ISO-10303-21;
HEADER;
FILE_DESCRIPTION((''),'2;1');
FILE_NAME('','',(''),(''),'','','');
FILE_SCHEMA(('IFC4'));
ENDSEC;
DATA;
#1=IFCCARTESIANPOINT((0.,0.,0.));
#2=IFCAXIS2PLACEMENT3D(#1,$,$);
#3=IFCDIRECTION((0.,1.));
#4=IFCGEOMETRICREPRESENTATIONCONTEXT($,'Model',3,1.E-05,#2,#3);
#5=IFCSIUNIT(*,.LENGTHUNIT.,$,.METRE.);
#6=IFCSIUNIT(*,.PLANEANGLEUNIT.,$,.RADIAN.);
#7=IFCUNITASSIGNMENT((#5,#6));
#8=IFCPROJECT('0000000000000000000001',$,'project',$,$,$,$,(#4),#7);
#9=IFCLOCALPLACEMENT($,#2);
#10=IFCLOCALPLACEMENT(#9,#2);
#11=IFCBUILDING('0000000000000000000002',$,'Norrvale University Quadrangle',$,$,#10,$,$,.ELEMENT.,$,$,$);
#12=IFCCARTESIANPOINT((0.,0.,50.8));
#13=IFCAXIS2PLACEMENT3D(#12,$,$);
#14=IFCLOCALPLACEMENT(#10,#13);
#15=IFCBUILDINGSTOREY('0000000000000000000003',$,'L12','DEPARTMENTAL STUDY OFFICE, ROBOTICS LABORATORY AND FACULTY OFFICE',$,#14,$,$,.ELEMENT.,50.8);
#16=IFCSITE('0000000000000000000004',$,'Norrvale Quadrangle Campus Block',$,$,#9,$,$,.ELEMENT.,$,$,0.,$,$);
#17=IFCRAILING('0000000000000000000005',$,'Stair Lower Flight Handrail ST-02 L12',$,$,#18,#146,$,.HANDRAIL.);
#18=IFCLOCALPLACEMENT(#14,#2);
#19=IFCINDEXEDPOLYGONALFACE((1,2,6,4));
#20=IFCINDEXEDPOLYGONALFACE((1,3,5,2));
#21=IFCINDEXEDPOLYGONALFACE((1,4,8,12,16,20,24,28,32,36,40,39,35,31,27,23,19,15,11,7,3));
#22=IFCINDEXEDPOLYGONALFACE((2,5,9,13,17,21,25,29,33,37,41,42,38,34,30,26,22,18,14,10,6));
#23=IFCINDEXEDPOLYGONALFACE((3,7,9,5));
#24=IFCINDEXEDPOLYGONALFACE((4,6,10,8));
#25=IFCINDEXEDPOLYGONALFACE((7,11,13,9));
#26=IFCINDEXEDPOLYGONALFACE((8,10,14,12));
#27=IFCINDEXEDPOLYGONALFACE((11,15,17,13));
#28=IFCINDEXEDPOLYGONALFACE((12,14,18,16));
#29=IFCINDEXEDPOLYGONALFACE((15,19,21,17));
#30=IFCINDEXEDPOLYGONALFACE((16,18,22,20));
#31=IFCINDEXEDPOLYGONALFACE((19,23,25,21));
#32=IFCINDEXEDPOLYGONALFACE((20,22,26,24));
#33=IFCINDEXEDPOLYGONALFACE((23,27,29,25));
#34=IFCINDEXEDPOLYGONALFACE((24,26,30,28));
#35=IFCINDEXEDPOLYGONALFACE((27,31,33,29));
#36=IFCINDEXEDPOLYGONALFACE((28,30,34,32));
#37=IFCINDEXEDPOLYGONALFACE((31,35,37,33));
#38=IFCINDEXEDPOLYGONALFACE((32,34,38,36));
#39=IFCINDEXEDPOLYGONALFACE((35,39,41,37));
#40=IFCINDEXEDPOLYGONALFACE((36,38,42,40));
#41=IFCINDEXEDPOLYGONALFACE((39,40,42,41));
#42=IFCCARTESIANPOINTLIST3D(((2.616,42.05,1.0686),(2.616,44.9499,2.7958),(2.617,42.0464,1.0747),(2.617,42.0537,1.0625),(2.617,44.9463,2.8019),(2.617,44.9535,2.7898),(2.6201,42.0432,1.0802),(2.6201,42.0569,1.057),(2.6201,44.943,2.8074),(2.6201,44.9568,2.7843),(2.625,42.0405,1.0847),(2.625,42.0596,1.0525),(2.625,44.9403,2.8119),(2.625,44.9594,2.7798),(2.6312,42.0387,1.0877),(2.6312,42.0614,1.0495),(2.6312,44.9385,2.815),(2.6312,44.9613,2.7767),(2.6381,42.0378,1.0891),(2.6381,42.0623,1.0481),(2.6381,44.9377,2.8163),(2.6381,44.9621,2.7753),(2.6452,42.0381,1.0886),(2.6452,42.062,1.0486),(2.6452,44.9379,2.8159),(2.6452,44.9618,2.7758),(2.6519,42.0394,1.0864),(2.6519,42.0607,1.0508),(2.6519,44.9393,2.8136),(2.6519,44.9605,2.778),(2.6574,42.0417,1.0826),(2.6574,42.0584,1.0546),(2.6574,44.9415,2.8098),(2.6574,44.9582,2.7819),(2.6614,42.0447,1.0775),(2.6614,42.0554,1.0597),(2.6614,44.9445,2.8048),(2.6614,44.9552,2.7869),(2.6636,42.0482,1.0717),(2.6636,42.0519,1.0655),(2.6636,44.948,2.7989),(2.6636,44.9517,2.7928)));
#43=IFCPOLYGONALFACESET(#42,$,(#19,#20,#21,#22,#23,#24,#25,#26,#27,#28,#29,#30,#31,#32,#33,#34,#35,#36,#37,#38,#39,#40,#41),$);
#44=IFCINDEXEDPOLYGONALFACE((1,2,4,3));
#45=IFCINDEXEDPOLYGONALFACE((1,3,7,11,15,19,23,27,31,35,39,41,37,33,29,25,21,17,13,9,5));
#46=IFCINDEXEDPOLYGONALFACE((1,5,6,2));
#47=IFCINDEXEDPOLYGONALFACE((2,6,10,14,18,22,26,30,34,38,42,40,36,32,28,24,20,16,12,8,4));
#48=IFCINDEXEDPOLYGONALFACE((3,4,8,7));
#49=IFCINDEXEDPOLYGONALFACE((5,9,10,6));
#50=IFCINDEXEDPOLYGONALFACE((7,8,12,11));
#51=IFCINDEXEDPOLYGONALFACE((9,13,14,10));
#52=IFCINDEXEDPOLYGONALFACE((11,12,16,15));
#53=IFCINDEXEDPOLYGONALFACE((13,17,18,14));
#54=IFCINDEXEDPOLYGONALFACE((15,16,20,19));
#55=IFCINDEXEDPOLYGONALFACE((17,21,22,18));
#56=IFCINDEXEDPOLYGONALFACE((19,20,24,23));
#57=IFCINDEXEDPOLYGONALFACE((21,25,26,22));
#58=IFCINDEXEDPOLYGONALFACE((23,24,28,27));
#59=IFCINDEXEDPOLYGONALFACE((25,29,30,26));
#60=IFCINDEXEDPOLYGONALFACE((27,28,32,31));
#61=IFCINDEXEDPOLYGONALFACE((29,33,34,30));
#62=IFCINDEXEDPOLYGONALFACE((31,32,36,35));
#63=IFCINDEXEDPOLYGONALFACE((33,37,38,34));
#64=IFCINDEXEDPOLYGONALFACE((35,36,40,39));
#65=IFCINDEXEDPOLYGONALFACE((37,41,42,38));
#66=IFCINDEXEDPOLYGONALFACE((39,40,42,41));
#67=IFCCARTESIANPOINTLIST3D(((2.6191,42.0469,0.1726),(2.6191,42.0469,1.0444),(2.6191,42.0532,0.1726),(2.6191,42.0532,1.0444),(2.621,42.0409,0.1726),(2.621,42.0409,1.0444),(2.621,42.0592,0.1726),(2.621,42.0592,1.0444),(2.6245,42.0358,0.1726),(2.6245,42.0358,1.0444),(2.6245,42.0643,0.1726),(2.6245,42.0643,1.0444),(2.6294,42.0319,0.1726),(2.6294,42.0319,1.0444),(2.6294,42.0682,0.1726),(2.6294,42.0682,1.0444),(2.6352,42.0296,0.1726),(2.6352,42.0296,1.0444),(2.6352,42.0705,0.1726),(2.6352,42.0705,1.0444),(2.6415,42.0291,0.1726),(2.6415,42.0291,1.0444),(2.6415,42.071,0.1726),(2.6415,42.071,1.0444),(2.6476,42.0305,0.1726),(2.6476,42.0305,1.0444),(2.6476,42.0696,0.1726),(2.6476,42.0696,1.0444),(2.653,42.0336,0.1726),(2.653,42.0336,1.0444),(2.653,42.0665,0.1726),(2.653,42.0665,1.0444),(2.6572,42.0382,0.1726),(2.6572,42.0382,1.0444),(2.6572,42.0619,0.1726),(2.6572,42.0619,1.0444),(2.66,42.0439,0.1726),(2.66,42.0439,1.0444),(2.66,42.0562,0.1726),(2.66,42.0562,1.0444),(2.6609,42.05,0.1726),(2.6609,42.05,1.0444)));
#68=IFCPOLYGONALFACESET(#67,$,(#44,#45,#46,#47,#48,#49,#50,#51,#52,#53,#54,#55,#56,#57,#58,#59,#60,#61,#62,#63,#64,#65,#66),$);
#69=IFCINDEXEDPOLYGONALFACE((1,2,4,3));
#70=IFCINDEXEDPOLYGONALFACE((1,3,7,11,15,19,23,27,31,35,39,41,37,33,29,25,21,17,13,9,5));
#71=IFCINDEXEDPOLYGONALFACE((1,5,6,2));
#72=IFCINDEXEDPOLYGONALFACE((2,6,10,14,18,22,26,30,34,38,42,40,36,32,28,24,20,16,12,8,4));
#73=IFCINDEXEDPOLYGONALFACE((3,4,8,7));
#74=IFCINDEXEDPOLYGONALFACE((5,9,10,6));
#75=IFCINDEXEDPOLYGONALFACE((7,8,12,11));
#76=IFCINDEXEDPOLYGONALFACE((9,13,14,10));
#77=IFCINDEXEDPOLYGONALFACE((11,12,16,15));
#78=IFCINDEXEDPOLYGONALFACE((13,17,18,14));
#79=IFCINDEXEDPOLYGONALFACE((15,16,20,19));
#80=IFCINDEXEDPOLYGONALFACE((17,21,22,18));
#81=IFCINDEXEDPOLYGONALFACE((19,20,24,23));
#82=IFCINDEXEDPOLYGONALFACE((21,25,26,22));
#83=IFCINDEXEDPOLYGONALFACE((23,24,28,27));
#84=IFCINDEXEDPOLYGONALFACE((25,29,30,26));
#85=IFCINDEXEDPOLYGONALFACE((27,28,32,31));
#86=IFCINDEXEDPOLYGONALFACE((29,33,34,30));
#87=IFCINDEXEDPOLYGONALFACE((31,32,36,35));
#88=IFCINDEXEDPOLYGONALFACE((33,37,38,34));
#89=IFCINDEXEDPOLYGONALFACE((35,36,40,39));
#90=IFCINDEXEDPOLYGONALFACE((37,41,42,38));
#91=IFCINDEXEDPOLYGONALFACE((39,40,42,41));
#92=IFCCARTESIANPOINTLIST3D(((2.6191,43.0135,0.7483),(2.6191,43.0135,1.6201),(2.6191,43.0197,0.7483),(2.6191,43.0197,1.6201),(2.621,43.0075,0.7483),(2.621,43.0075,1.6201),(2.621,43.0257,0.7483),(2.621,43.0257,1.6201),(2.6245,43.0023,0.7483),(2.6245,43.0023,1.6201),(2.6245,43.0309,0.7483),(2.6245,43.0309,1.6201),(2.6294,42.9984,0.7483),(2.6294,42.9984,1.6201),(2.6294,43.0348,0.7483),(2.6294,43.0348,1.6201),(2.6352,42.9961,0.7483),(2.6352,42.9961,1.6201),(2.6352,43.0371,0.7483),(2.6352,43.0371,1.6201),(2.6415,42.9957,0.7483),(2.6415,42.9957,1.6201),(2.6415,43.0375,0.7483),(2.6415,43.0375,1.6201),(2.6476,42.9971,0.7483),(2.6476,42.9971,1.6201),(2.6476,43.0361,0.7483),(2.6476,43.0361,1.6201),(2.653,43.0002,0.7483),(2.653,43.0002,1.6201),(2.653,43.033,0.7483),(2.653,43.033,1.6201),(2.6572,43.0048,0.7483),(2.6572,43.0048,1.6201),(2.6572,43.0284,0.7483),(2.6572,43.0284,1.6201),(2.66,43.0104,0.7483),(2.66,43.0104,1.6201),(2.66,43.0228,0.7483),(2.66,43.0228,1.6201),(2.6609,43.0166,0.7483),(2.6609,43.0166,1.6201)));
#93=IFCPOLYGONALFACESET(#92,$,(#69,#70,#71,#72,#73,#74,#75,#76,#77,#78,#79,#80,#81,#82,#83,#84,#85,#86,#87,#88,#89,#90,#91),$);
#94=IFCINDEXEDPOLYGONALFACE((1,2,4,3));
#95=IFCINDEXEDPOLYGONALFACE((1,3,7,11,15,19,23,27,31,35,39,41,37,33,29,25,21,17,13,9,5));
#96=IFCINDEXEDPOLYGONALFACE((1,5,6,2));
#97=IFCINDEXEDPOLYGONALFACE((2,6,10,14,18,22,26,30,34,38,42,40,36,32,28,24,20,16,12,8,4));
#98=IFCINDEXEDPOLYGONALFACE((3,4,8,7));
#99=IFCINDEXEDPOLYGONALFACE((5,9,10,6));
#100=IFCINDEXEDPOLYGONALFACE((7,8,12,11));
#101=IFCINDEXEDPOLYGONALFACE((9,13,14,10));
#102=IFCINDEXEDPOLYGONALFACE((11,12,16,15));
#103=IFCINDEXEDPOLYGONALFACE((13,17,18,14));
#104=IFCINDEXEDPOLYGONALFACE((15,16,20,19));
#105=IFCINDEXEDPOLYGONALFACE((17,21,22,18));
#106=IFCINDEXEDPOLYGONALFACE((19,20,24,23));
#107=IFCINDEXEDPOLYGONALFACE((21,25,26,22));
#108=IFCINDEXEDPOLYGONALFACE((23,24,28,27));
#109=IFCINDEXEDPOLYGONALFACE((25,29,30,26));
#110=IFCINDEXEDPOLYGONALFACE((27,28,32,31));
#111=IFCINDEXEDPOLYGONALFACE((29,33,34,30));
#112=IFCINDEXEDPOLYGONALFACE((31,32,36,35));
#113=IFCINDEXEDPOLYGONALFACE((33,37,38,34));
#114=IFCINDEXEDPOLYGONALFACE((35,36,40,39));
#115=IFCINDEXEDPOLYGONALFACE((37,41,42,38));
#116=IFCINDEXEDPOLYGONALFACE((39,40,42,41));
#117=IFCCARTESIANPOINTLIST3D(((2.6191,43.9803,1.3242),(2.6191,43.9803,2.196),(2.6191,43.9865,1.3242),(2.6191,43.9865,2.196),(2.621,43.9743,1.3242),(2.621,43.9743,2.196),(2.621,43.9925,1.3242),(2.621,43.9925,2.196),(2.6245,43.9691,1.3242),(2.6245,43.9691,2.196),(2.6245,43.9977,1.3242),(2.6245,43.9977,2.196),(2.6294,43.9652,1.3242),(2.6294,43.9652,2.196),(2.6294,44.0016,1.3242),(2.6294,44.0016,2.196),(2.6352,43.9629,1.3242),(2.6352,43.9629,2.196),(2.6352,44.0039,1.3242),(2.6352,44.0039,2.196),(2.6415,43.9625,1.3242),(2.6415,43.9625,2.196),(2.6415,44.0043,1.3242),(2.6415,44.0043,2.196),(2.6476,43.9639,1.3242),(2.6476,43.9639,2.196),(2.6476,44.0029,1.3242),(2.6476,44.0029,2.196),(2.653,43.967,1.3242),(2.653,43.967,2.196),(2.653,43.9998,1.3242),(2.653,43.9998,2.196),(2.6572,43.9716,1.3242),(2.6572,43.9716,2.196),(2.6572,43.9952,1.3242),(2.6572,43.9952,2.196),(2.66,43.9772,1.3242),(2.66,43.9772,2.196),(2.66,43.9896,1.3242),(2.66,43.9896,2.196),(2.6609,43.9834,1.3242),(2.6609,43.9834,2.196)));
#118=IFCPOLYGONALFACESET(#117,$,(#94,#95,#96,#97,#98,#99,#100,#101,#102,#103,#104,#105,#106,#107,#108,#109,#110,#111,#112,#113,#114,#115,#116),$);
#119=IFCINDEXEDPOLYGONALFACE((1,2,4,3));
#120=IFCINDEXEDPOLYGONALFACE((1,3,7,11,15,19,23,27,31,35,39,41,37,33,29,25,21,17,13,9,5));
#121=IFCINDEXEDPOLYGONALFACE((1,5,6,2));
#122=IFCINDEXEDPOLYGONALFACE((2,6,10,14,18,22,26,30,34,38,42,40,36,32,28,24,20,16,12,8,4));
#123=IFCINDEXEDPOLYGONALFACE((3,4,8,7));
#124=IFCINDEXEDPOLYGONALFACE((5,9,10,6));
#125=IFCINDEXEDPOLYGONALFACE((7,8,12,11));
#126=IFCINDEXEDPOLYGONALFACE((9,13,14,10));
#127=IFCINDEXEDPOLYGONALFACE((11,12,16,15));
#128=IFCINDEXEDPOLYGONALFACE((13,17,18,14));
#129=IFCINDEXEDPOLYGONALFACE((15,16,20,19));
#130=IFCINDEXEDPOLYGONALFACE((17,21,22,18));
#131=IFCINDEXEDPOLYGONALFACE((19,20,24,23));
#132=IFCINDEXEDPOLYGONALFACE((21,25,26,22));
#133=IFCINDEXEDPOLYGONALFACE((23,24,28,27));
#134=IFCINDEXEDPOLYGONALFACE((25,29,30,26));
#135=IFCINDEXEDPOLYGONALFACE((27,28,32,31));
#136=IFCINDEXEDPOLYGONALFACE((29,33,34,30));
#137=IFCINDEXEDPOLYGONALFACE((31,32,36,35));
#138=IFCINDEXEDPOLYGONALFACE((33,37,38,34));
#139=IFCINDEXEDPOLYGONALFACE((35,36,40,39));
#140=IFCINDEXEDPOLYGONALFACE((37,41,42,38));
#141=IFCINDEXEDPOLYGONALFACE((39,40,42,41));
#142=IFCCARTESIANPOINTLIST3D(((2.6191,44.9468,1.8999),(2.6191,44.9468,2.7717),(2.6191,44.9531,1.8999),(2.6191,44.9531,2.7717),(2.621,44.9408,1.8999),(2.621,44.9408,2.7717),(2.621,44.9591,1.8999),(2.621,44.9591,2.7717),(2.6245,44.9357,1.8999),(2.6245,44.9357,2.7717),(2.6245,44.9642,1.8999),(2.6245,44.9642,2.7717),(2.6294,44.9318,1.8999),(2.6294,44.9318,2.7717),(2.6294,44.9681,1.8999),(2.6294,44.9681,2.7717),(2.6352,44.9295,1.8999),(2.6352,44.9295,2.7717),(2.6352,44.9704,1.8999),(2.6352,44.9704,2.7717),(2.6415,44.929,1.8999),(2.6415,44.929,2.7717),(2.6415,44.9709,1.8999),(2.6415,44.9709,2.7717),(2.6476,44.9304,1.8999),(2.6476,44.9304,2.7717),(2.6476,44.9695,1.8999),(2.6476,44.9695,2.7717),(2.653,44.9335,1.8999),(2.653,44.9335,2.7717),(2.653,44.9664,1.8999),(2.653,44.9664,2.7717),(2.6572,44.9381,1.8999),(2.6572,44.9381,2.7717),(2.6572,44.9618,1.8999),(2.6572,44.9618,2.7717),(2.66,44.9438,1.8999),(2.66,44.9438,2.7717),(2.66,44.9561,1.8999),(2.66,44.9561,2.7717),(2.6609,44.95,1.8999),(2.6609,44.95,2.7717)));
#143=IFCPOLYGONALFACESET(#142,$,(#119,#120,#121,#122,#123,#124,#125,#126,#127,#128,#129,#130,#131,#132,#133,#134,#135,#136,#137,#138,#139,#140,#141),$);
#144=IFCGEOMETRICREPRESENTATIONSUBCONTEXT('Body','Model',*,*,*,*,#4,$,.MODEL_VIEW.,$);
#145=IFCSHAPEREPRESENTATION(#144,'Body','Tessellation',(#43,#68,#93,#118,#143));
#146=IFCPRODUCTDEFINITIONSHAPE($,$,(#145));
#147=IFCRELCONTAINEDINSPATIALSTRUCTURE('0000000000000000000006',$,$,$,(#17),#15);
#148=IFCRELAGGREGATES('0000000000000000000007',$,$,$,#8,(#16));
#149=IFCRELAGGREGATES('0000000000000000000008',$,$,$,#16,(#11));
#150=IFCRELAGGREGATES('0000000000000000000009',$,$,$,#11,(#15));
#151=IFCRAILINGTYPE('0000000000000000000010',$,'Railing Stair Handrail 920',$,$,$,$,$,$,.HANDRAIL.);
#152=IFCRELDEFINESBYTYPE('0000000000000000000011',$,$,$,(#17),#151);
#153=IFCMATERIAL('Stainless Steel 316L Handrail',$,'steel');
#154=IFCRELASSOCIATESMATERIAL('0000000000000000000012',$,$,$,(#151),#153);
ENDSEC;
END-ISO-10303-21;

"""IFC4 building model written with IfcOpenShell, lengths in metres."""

from ifc_helpers import new_model, si_unit, direction, frame, origin, origin_2d, place, context, subcontext, project, spatial, circle, extrude, material, type_object, element, save


model = new_model("IFC4")

# Units and contexts
model_context = context("Model", 3, precision=1e-05, world=origin(), true_north=direction((0.0, 1.0)))
body_context = subcontext(model_context, "Body", "Model", "MODEL_VIEW")
ifc_project = project(units=[si_unit("LENGTHUNIT", "METRE"), si_unit("PLANEANGLEUNIT", "RADIAN")], contexts=[model_context])

# Site, building, storey
site_placement = place(None, origin())
site = spatial("IfcSite", under=ifc_project, at=site_placement, Name="Norrvale Quadrangle Campus Block", CompositionType="ELEMENT", RefElevation=0.0)
building_placement = place(site_placement, origin())
building = spatial("IfcBuilding", under=site, at=building_placement, Name="Norrvale University Quadrangle", CompositionType="ELEMENT")
storey_placement = place(building_placement, frame((0.0, 0.0, 50.8)))
storey = spatial("IfcBuildingStorey", under=building, at=storey_placement, Name="L12", Description="DEPARTMENTAL STUDY OFFICE, ROBOTICS LABORATORY AND FACULTY OFFICE", CompositionType="ELEMENT", Elevation=50.8)

# Railing
ifc_material_1 = material(Name="Stainless Steel 316L Handrail", Category="steel")
railing_type_1 = type_object("IfcRailingType", Name="Railing Stair Handrail 920", PredefinedType="HANDRAIL", material=ifc_material_1)
railing_1_placement = place(storey_placement, frame((2.6399, 42.05, 0.1726)))
element("IfcRailing", 1, at=railing_1_placement, inside=storey, type_object=railing_type_1, Name="Stair Lower Flight Handrail ST-02 L12", PredefinedType="HANDRAIL", context=body_context, shape_type="SweptSolid", body=[
    extrude(circle(Radius=0.0239, at=origin_2d()), frame((0.0, 0.0, 0.896), z_axis=(0.0, 0.859141, 0.511738), x_axis=(-1.0, 0.0, 0.0)), (0.0, 0.0, 1.0), 3.3752),
    extrude(circle(Radius=0.021, at=origin_2d()), origin(), (0.0, 0.0, 1.0), 0.8718),
    extrude(circle(Radius=0.021, at=origin_2d()), frame((0.0, 0.9666, 0.5757)), (0.0, 0.0, 1.0), 0.8718),
    extrude(circle(Radius=0.021, at=origin_2d()), frame((0.0, 1.9333, 1.1516)), (0.0, 0.0, 1.0), 0.8718),
    extrude(circle(Radius=0.021, at=origin_2d()), frame((0.0, 2.8999, 1.7273)), (0.0, 0.0, 1.0), 0.8718),
])

save(model, "model.ifc")
